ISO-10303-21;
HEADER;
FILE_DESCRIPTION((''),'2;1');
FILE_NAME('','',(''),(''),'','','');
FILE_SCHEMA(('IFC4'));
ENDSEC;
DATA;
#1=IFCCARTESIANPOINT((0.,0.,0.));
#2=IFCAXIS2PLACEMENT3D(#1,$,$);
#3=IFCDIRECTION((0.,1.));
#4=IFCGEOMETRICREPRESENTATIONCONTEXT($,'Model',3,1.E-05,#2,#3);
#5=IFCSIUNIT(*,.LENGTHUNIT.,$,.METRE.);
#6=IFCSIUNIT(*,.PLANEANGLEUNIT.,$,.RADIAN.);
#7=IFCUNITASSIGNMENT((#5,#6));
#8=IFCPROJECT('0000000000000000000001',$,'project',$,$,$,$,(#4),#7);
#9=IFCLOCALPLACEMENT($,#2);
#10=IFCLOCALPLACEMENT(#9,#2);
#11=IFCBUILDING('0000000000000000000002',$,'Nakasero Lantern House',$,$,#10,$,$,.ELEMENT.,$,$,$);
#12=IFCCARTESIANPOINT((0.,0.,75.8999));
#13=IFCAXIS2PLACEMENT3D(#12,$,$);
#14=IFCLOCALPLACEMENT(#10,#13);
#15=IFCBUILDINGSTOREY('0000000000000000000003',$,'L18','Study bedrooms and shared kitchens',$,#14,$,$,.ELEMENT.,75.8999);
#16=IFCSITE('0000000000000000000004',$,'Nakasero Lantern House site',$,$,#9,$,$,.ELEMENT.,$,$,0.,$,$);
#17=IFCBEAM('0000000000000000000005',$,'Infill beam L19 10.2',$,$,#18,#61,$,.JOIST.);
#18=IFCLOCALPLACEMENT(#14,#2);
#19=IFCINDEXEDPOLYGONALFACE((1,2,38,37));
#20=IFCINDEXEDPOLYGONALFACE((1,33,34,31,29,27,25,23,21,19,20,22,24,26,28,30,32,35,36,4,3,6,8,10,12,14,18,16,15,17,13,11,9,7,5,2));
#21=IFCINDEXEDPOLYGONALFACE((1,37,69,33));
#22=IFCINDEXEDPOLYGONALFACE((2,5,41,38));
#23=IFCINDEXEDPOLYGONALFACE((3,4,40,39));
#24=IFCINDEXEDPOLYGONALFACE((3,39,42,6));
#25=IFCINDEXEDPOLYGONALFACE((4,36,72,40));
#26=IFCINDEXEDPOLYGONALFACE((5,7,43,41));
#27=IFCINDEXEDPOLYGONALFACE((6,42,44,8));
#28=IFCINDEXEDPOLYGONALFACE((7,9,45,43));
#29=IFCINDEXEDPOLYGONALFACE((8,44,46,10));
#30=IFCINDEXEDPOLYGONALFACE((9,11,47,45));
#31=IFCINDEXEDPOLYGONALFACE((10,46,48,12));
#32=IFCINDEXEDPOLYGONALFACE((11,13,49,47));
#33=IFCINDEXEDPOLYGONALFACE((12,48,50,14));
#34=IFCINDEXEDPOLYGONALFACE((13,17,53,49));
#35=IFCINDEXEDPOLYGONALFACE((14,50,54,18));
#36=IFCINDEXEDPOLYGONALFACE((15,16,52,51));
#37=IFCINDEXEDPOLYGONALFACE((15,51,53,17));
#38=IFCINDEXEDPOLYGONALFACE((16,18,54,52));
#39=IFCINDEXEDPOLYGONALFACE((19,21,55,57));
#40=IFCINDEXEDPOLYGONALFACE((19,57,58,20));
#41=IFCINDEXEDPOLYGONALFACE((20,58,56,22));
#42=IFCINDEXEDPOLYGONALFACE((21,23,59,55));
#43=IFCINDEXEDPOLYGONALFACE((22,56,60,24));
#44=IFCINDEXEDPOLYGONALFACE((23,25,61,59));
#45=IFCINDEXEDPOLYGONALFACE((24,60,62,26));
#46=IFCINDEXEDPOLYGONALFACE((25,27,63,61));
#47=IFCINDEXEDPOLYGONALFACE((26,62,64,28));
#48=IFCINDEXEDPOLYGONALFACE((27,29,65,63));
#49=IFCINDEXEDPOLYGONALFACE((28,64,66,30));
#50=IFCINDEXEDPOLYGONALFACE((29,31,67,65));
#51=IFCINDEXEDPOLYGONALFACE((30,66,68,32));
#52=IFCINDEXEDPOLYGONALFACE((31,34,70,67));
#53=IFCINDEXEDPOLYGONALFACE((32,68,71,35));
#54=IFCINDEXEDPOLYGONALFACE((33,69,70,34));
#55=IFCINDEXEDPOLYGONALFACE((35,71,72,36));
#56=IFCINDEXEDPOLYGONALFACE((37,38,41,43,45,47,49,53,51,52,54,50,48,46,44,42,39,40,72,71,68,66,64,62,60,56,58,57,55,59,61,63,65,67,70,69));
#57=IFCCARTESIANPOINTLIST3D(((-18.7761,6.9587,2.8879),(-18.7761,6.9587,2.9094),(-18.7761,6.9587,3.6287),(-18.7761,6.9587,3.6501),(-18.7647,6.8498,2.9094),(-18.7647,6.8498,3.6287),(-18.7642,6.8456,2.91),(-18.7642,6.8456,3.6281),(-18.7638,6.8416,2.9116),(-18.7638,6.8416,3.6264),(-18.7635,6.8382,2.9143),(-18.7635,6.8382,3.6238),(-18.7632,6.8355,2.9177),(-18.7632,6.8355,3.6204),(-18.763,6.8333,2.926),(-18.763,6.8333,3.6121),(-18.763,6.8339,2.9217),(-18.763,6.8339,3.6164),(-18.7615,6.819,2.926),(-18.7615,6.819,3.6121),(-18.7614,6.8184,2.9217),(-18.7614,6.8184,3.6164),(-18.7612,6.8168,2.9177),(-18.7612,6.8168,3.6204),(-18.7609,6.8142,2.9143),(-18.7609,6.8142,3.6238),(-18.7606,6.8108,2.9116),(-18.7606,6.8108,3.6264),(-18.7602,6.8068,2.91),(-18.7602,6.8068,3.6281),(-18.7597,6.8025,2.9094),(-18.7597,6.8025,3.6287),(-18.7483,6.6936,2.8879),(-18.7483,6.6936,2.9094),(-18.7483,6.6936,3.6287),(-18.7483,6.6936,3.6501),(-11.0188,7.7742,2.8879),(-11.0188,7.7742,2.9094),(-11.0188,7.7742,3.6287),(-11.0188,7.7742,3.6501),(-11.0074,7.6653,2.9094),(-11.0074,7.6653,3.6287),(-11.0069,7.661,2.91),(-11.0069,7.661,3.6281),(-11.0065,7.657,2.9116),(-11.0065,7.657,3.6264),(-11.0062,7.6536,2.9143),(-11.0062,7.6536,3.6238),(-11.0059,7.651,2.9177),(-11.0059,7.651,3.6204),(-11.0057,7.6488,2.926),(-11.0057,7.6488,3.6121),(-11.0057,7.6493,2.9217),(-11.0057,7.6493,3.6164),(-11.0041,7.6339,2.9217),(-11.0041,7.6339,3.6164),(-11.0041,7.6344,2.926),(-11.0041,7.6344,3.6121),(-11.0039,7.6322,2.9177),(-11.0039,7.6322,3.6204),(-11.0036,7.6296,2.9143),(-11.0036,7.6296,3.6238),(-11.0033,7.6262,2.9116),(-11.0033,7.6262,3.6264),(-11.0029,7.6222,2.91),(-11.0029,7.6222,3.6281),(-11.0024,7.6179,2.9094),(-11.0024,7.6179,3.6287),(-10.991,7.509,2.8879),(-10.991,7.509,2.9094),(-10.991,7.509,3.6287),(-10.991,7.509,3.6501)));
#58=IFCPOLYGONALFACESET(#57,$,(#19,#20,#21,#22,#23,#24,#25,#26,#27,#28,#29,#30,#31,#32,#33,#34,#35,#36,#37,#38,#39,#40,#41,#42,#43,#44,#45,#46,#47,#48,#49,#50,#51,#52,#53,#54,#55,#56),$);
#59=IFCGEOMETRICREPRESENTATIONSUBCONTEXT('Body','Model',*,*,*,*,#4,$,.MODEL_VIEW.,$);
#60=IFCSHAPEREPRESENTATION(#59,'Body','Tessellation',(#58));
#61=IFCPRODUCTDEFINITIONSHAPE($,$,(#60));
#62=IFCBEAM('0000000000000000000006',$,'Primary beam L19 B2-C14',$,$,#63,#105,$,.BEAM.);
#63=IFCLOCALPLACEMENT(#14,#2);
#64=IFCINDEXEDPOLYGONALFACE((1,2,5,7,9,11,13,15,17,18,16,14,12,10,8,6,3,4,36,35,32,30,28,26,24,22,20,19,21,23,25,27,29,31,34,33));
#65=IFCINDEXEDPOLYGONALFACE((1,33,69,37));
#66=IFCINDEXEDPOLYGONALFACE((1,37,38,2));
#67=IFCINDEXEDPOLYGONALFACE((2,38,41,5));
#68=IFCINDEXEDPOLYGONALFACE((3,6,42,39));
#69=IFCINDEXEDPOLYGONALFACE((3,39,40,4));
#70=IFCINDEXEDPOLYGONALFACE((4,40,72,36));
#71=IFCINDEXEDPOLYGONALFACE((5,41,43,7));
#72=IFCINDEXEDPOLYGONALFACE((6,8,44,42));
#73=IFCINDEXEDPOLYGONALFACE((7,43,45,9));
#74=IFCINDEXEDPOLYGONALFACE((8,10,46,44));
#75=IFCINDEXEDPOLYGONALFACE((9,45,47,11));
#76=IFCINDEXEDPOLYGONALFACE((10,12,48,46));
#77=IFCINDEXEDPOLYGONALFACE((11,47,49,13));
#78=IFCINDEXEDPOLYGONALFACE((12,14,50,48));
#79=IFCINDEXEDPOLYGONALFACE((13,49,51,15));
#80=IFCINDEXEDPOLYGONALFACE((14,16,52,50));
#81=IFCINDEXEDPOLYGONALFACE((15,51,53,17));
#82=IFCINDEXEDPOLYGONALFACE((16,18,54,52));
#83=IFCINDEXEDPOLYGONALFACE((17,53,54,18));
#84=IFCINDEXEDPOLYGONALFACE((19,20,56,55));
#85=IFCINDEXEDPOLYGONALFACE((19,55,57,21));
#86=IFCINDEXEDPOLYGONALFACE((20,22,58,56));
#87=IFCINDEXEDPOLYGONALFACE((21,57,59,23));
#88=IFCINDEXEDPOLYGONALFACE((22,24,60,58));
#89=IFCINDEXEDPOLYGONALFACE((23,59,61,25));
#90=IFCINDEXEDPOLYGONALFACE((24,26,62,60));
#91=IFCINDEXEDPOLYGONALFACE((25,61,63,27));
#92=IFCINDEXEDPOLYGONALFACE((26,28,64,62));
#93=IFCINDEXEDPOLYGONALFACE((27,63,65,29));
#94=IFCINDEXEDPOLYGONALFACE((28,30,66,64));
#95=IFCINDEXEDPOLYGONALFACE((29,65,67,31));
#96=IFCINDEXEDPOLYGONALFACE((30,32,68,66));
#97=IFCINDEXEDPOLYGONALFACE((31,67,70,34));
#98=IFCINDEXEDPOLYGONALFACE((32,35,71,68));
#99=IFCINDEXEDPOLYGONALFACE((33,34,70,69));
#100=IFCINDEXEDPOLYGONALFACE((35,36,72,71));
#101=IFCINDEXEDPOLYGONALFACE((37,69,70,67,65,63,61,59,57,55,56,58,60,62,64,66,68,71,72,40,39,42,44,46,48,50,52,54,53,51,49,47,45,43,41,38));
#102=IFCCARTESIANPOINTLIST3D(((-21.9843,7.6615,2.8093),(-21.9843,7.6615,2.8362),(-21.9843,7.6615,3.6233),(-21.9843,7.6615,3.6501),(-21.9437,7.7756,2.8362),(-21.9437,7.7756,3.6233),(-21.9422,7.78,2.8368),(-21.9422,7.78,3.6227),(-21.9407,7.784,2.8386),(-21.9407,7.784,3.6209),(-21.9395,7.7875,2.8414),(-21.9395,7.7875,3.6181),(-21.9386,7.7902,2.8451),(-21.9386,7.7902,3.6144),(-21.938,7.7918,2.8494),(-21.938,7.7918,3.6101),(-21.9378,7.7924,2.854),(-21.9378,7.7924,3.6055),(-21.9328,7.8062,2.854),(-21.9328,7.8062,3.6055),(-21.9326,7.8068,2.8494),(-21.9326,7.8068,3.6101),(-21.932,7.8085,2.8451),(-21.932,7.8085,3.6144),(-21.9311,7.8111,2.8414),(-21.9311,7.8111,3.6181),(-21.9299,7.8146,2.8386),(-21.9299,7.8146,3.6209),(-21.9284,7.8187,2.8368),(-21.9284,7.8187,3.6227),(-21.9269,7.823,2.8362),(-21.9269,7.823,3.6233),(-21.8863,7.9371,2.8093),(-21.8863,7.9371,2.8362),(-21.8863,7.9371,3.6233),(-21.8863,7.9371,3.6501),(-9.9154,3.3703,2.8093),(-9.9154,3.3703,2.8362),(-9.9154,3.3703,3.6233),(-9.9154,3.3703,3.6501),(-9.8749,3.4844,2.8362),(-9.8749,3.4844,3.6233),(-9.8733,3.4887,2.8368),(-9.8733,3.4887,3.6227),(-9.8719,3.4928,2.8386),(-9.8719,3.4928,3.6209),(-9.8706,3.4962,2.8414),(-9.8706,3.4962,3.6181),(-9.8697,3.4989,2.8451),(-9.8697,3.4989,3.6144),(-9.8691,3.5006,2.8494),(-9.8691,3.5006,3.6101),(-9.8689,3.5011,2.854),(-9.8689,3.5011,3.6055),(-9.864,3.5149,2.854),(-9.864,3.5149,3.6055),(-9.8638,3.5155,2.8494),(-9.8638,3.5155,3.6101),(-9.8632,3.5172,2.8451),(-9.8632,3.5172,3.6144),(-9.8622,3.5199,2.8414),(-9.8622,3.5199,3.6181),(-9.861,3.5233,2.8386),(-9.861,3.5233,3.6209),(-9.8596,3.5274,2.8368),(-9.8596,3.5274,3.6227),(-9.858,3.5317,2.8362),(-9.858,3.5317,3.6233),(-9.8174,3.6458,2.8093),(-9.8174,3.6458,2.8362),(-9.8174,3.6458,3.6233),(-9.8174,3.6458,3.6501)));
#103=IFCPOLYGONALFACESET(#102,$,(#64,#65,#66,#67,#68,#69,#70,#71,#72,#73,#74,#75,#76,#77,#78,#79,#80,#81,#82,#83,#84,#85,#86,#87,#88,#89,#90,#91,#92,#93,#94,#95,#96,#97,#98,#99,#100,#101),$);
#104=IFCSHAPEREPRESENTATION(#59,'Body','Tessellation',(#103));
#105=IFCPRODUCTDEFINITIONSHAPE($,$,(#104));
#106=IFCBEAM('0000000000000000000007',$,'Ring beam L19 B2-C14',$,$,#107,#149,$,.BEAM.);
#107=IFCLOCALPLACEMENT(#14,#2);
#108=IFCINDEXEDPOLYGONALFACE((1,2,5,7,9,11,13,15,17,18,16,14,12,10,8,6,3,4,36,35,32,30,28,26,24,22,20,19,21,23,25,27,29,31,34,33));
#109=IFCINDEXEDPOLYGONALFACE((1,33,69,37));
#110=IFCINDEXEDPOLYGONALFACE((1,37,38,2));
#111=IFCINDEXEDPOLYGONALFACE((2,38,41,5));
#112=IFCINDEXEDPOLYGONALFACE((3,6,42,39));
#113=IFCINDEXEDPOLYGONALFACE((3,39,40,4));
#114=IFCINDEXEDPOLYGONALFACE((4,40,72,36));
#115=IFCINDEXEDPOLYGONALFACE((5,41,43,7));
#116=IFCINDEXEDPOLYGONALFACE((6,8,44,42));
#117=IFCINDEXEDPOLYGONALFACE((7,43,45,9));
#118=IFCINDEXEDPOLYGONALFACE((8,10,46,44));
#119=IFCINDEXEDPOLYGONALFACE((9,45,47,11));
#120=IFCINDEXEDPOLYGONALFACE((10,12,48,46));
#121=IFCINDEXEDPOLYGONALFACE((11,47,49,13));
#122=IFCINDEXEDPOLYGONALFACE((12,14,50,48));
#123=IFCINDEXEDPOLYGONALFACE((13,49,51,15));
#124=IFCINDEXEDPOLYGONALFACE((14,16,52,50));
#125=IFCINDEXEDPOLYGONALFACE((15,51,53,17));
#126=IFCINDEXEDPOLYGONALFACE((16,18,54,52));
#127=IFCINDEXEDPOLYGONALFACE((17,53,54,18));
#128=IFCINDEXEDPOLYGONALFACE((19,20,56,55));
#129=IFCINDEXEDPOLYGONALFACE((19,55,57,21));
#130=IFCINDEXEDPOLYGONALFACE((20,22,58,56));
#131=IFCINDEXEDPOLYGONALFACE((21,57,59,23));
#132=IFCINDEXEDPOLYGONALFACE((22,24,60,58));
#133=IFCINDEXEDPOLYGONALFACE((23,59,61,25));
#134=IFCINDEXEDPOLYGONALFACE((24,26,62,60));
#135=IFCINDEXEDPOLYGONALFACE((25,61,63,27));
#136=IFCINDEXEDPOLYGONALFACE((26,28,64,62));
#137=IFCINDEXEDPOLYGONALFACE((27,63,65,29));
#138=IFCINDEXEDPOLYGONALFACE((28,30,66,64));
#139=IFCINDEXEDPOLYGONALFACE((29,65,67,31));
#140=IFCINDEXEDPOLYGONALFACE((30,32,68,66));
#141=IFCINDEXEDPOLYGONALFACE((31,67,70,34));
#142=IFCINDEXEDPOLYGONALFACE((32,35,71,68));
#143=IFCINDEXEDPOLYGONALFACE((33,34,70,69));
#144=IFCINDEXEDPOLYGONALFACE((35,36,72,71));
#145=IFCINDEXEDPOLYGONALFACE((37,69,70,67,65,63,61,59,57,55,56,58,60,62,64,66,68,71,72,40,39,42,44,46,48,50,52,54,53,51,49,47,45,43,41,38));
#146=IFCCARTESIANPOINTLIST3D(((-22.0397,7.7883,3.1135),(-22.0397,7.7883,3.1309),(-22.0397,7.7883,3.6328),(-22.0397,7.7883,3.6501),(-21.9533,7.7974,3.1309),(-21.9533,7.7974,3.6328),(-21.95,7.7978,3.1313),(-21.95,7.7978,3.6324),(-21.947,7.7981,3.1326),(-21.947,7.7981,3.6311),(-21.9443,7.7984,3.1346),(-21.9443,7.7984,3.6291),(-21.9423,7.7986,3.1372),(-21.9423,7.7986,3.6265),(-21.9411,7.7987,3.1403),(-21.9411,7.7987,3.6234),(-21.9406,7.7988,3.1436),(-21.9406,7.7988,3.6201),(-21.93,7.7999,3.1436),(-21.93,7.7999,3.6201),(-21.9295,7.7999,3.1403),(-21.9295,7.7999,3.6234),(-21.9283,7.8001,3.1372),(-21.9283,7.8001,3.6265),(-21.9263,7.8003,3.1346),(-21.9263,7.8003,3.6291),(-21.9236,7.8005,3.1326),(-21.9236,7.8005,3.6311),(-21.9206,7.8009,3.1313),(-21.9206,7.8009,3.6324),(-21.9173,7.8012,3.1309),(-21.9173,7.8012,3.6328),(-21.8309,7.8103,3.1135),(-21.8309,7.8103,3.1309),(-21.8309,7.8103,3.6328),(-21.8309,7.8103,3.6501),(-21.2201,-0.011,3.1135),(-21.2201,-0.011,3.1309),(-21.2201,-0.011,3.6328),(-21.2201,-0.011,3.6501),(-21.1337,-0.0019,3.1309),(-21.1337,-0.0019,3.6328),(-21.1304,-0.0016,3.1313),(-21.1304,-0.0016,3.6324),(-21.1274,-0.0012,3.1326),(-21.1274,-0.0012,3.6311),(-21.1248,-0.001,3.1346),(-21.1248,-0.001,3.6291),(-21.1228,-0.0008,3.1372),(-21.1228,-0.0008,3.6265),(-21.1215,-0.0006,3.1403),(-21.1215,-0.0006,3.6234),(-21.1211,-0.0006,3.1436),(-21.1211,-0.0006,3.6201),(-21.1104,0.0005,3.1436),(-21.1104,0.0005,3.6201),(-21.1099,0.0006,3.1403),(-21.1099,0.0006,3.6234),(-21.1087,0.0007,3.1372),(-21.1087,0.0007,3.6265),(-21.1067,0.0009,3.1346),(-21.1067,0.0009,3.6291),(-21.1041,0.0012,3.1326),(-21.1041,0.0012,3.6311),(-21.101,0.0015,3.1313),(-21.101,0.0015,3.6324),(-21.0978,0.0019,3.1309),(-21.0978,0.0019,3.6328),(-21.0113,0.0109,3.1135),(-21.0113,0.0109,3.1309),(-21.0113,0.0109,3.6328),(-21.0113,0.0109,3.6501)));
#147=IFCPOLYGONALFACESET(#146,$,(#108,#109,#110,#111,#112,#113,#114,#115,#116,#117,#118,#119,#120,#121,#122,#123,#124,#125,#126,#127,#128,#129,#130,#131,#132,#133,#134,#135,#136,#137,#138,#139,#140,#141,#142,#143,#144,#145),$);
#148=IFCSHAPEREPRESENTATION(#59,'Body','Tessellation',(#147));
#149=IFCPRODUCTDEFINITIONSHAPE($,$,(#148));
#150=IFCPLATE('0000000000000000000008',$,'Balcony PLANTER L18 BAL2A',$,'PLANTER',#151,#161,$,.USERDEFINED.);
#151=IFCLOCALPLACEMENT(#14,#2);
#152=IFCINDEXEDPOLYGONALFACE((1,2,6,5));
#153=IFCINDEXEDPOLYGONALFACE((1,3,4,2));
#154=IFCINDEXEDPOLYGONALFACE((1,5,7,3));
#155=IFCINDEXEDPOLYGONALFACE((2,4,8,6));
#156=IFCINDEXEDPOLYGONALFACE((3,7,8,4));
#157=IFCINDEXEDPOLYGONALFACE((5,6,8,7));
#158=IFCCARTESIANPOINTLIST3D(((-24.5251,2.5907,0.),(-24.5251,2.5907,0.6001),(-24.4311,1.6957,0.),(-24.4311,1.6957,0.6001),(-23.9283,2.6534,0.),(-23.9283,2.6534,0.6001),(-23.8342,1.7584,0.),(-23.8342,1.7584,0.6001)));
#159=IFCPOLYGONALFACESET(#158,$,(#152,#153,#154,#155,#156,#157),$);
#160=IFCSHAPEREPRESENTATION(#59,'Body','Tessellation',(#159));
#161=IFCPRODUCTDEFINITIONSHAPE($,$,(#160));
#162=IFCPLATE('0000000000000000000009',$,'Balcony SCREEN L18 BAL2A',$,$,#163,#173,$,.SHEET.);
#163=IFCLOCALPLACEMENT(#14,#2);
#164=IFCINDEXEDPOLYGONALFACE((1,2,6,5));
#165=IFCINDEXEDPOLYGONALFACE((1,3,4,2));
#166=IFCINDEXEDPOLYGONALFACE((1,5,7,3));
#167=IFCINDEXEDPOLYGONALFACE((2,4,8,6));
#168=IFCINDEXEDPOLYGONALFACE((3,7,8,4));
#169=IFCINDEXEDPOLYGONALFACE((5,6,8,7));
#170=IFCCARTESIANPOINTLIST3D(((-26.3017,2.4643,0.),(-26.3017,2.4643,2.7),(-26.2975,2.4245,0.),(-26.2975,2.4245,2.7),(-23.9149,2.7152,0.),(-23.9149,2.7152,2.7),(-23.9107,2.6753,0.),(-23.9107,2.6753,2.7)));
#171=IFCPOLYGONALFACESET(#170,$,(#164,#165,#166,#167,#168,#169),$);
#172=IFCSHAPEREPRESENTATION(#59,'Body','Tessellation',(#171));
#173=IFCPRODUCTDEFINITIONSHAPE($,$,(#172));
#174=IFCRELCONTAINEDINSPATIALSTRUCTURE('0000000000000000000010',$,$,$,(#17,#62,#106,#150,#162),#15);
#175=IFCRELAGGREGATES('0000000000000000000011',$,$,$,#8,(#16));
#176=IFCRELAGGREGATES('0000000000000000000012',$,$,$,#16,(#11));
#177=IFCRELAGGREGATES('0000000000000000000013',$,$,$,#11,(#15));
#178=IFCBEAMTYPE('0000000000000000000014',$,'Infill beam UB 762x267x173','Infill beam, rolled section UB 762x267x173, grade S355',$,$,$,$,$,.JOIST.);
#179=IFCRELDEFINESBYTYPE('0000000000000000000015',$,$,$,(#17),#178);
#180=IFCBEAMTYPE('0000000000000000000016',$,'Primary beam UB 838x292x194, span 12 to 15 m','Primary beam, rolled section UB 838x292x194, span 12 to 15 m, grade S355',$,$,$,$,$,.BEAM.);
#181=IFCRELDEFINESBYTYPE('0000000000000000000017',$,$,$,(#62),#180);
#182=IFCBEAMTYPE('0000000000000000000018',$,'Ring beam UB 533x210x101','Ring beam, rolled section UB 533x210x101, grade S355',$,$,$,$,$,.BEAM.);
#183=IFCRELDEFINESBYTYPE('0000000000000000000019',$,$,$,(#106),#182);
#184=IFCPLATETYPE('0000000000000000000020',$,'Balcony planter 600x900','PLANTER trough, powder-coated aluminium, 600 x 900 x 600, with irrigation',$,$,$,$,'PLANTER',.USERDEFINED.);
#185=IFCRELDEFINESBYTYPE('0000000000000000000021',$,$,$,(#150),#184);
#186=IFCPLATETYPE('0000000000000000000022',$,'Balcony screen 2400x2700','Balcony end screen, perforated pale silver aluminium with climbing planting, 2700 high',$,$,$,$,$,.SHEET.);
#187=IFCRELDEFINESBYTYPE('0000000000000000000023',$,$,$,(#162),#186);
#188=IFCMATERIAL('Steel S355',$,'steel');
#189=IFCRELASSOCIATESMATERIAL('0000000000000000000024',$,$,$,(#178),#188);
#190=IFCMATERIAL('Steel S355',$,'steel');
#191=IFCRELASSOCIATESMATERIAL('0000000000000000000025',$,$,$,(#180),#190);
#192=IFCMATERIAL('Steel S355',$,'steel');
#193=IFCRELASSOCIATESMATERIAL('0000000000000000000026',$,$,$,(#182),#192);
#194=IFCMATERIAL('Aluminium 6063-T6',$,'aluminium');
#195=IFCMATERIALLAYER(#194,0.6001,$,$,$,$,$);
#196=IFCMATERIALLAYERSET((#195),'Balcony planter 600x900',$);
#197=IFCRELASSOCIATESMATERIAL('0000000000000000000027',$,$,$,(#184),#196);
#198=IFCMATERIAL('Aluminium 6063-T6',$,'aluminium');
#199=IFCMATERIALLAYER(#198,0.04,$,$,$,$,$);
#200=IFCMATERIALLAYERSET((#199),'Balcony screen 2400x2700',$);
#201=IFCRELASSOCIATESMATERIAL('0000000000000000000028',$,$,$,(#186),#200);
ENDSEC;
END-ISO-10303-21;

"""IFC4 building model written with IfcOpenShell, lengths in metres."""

from ifc_helpers import new_model, si_unit, direction, frame, origin, origin_2d, place, context, subcontext, project, spatial, rectangle, i_section, extrude, material, layer, layer_set, material_profile, profile_set, type_object, element, save


model = new_model("IFC4")

# Units and contexts
model_context = context("Model", 3, precision=1e-05, world=origin(), true_north=direction((0.0, 1.0)))
body_context = subcontext(model_context, "Body", "Model", "MODEL_VIEW")
ifc_project = project(units=[si_unit("LENGTHUNIT", "METRE"), si_unit("PLANEANGLEUNIT", "RADIAN")], contexts=[model_context])

# Site, building, storey
site_placement = place(None, origin())
site = spatial("IfcSite", under=ifc_project, at=site_placement, Name="Nakasero Lantern House site", CompositionType="ELEMENT", RefElevation=0.0)
building_placement = place(site_placement, origin())
building = spatial("IfcBuilding", under=site, at=building_placement, Name="Nakasero Lantern House", CompositionType="ELEMENT")
storey_placement = place(building_placement, frame((0.0, 0.0, 75.8999)))
storey = spatial("IfcBuildingStorey", under=building, at=storey_placement, Name="L18", Description="Study bedrooms and shared kitchens", CompositionType="ELEMENT", Elevation=75.8999)

# Beams
ifc_material_1 = material(Name="Steel S355", Category="steel")
ifc_material_profile_1 = material_profile(ifc_material_1, i_section(OverallWidth=0.2666, OverallDepth=0.7622, WebThickness=0.0144, FlangeThickness=0.0215, FilletRadius=0.0166, at=origin_2d()), Name="UB 762x267x173")
ifc_profile_set_1 = profile_set([ifc_material_profile_1], Name="Steel S355")
beam_type_1 = type_object("IfcBeamType", Name="Infill beam UB 762x267x173", Description="Infill beam, rolled section UB 762x267x173, grade S355", PredefinedType="JOIST", material=ifc_profile_set_1)
beam_1_placement = place(storey_placement, frame((-18.7622, 6.8262, 3.269), z_axis=(0.994521, 0.104541, 0.0), x_axis=(-0.104541, 0.994521, 0.0)))
element("IfcBeam", 1, at=beam_1_placement, inside=storey, type_object=beam_type_1, Name="Infill beam L19 10.2", PredefinedType="JOIST", context=body_context, shape_type="SweptSolid", body=[
    extrude(i_section(OverallWidth=0.2666, OverallDepth=0.7622, WebThickness=0.0144, FlangeThickness=0.0215, FilletRadius=0.0166, at=origin_2d()), origin(), (0.0, 0.0, 1.0), 7.8),
])
ifc_material_2 = material(Name="Steel S355", Category="steel")
ifc_material_profile_2 = material_profile(ifc_material_2, i_section(OverallWidth=0.2925, OverallDepth=0.8408, WebThickness=0.0146, FlangeThickness=0.0269, FilletRadius=0.0178, at=origin_2d()), Name="UB 838x292x194")
ifc_profile_set_2 = profile_set([ifc_material_profile_2], Name="Steel S355")
beam_type_2 = type_object("IfcBeamType", Name="Primary beam UB 838x292x194, span 12 to 15 m", Description="Primary beam, rolled section UB 838x292x194, span 12 to 15 m, grade S355", PredefinedType="BEAM", material=ifc_profile_set_2)
beam_2_placement = place(storey_placement, frame((-21.9353, 7.7993, 3.2297), z_axis=(0.942212, -0.335018, 0.0), x_axis=(0.335018, 0.942212, 0.0)))
element("IfcBeam", 2, at=beam_2_placement, inside=storey, type_object=beam_type_2, Name="Primary beam L19 B2-C14", PredefinedType="BEAM", context=body_context, shape_type="SweptSolid", body=[
    extrude(i_section(OverallWidth=0.2925, OverallDepth=0.8408, WebThickness=0.0146, FlangeThickness=0.0269, FilletRadius=0.0178, at=origin_2d()), origin(), (0.0, 0.0, 1.0), 12.8091),
])
ifc_material_3 = material(Name="Steel S355", Category="steel")
ifc_material_profile_3 = material_profile(ifc_material_3, i_section(OverallWidth=0.21, OverallDepth=0.5366, WebThickness=0.0107, FlangeThickness=0.0173, FilletRadius=0.0127, at=origin_2d()), Name="UB 533x210x101")
ifc_profile_set_3 = profile_set([ifc_material_profile_3], Name="Steel S355")
beam_type_3 = type_object("IfcBeamType", Name="Ring beam UB 533x210x101", Description="Ring beam, rolled section UB 533x210x101, grade S355", PredefinedType="BEAM", material=ifc_profile_set_3)
beam_3_placement = place(storey_placement, frame((-21.9353, 7.7993, 3.3818), z_axis=(0.104508, -0.994524, 0.0), x_axis=(0.994524, 0.104508, 0.0)))
element("IfcBeam", 3, at=beam_3_placement, inside=storey, type_object=beam_type_3, Name="Ring beam L19 B2-C14", PredefinedType="BEAM", context=body_context, shape_type="SweptSolid", body=[
    extrude(i_section(OverallWidth=0.21, OverallDepth=0.5366, WebThickness=0.0107, FlangeThickness=0.0173, FilletRadius=0.0127, at=origin_2d()), origin(), (0.0, 0.0, 1.0), 7.8423),
])

# Plates
ifc_material_4 = material(Name="Aluminium 6063-T6", Category="aluminium")
ifc_layer_1 = layer(ifc_material_4, 0.6001)
ifc_layer_set_1 = layer_set([ifc_layer_1], Name="Balcony planter 600x900")
plate_type_1 = type_object("IfcPlateType", Name="Balcony planter 600x900", Description="PLANTER trough, powder-coated aluminium, 600 x 900 x 600, with irrigation", ElementType="PLANTER", PredefinedType="USERDEFINED", material=ifc_layer_set_1)
plate_1_placement = place(storey_placement, frame((-24.1797, 2.1746, 0.0), z_axis=(0.0, 0.0, 1.0), x_axis=(-0.994522, -0.104528, 0.0)))
element("IfcPlate", 4, at=plate_1_placement, inside=storey, type_object=plate_type_1, Name="Balcony PLANTER L18 BAL2A", ObjectType="PLANTER", PredefinedType="USERDEFINED", context=body_context, shape_type="SweptSolid", body=[
    extrude(rectangle(XDim=0.6001, YDim=0.8999, at=origin_2d()), origin(), (0.0, 0.0, 1.0), 0.6001),
])
ifc_material_5 = material(Name="Aluminium 6063-T6", Category="aluminium")
ifc_layer_2 = layer(ifc_material_5, 0.04)
ifc_layer_set_2 = layer_set([ifc_layer_2], Name="Balcony screen 2400x2700")
plate_type_2 = type_object("IfcPlateType", Name="Balcony screen 2400x2700", Description="Balcony end screen, perforated pale silver aluminium with climbing planting, 2700 high", PredefinedType="SHEET", material=ifc_layer_set_2)
plate_2_placement = place(storey_placement, frame((-25.1062, 2.5698, 0.0), z_axis=(0.0, 0.0, 1.0), x_axis=(-0.994522, -0.104528, 0.0)))
element("IfcPlate", 5, at=plate_2_placement, inside=storey, type_object=plate_type_2, Name="Balcony SCREEN L18 BAL2A", PredefinedType="SHEET", context=body_context, shape_type="SweptSolid", body=[
    extrude(rectangle(XDim=2.3999, YDim=0.04, at=origin_2d()), origin(), (0.0, 0.0, 1.0), 2.7),
])

save(model, "model.ifc")
